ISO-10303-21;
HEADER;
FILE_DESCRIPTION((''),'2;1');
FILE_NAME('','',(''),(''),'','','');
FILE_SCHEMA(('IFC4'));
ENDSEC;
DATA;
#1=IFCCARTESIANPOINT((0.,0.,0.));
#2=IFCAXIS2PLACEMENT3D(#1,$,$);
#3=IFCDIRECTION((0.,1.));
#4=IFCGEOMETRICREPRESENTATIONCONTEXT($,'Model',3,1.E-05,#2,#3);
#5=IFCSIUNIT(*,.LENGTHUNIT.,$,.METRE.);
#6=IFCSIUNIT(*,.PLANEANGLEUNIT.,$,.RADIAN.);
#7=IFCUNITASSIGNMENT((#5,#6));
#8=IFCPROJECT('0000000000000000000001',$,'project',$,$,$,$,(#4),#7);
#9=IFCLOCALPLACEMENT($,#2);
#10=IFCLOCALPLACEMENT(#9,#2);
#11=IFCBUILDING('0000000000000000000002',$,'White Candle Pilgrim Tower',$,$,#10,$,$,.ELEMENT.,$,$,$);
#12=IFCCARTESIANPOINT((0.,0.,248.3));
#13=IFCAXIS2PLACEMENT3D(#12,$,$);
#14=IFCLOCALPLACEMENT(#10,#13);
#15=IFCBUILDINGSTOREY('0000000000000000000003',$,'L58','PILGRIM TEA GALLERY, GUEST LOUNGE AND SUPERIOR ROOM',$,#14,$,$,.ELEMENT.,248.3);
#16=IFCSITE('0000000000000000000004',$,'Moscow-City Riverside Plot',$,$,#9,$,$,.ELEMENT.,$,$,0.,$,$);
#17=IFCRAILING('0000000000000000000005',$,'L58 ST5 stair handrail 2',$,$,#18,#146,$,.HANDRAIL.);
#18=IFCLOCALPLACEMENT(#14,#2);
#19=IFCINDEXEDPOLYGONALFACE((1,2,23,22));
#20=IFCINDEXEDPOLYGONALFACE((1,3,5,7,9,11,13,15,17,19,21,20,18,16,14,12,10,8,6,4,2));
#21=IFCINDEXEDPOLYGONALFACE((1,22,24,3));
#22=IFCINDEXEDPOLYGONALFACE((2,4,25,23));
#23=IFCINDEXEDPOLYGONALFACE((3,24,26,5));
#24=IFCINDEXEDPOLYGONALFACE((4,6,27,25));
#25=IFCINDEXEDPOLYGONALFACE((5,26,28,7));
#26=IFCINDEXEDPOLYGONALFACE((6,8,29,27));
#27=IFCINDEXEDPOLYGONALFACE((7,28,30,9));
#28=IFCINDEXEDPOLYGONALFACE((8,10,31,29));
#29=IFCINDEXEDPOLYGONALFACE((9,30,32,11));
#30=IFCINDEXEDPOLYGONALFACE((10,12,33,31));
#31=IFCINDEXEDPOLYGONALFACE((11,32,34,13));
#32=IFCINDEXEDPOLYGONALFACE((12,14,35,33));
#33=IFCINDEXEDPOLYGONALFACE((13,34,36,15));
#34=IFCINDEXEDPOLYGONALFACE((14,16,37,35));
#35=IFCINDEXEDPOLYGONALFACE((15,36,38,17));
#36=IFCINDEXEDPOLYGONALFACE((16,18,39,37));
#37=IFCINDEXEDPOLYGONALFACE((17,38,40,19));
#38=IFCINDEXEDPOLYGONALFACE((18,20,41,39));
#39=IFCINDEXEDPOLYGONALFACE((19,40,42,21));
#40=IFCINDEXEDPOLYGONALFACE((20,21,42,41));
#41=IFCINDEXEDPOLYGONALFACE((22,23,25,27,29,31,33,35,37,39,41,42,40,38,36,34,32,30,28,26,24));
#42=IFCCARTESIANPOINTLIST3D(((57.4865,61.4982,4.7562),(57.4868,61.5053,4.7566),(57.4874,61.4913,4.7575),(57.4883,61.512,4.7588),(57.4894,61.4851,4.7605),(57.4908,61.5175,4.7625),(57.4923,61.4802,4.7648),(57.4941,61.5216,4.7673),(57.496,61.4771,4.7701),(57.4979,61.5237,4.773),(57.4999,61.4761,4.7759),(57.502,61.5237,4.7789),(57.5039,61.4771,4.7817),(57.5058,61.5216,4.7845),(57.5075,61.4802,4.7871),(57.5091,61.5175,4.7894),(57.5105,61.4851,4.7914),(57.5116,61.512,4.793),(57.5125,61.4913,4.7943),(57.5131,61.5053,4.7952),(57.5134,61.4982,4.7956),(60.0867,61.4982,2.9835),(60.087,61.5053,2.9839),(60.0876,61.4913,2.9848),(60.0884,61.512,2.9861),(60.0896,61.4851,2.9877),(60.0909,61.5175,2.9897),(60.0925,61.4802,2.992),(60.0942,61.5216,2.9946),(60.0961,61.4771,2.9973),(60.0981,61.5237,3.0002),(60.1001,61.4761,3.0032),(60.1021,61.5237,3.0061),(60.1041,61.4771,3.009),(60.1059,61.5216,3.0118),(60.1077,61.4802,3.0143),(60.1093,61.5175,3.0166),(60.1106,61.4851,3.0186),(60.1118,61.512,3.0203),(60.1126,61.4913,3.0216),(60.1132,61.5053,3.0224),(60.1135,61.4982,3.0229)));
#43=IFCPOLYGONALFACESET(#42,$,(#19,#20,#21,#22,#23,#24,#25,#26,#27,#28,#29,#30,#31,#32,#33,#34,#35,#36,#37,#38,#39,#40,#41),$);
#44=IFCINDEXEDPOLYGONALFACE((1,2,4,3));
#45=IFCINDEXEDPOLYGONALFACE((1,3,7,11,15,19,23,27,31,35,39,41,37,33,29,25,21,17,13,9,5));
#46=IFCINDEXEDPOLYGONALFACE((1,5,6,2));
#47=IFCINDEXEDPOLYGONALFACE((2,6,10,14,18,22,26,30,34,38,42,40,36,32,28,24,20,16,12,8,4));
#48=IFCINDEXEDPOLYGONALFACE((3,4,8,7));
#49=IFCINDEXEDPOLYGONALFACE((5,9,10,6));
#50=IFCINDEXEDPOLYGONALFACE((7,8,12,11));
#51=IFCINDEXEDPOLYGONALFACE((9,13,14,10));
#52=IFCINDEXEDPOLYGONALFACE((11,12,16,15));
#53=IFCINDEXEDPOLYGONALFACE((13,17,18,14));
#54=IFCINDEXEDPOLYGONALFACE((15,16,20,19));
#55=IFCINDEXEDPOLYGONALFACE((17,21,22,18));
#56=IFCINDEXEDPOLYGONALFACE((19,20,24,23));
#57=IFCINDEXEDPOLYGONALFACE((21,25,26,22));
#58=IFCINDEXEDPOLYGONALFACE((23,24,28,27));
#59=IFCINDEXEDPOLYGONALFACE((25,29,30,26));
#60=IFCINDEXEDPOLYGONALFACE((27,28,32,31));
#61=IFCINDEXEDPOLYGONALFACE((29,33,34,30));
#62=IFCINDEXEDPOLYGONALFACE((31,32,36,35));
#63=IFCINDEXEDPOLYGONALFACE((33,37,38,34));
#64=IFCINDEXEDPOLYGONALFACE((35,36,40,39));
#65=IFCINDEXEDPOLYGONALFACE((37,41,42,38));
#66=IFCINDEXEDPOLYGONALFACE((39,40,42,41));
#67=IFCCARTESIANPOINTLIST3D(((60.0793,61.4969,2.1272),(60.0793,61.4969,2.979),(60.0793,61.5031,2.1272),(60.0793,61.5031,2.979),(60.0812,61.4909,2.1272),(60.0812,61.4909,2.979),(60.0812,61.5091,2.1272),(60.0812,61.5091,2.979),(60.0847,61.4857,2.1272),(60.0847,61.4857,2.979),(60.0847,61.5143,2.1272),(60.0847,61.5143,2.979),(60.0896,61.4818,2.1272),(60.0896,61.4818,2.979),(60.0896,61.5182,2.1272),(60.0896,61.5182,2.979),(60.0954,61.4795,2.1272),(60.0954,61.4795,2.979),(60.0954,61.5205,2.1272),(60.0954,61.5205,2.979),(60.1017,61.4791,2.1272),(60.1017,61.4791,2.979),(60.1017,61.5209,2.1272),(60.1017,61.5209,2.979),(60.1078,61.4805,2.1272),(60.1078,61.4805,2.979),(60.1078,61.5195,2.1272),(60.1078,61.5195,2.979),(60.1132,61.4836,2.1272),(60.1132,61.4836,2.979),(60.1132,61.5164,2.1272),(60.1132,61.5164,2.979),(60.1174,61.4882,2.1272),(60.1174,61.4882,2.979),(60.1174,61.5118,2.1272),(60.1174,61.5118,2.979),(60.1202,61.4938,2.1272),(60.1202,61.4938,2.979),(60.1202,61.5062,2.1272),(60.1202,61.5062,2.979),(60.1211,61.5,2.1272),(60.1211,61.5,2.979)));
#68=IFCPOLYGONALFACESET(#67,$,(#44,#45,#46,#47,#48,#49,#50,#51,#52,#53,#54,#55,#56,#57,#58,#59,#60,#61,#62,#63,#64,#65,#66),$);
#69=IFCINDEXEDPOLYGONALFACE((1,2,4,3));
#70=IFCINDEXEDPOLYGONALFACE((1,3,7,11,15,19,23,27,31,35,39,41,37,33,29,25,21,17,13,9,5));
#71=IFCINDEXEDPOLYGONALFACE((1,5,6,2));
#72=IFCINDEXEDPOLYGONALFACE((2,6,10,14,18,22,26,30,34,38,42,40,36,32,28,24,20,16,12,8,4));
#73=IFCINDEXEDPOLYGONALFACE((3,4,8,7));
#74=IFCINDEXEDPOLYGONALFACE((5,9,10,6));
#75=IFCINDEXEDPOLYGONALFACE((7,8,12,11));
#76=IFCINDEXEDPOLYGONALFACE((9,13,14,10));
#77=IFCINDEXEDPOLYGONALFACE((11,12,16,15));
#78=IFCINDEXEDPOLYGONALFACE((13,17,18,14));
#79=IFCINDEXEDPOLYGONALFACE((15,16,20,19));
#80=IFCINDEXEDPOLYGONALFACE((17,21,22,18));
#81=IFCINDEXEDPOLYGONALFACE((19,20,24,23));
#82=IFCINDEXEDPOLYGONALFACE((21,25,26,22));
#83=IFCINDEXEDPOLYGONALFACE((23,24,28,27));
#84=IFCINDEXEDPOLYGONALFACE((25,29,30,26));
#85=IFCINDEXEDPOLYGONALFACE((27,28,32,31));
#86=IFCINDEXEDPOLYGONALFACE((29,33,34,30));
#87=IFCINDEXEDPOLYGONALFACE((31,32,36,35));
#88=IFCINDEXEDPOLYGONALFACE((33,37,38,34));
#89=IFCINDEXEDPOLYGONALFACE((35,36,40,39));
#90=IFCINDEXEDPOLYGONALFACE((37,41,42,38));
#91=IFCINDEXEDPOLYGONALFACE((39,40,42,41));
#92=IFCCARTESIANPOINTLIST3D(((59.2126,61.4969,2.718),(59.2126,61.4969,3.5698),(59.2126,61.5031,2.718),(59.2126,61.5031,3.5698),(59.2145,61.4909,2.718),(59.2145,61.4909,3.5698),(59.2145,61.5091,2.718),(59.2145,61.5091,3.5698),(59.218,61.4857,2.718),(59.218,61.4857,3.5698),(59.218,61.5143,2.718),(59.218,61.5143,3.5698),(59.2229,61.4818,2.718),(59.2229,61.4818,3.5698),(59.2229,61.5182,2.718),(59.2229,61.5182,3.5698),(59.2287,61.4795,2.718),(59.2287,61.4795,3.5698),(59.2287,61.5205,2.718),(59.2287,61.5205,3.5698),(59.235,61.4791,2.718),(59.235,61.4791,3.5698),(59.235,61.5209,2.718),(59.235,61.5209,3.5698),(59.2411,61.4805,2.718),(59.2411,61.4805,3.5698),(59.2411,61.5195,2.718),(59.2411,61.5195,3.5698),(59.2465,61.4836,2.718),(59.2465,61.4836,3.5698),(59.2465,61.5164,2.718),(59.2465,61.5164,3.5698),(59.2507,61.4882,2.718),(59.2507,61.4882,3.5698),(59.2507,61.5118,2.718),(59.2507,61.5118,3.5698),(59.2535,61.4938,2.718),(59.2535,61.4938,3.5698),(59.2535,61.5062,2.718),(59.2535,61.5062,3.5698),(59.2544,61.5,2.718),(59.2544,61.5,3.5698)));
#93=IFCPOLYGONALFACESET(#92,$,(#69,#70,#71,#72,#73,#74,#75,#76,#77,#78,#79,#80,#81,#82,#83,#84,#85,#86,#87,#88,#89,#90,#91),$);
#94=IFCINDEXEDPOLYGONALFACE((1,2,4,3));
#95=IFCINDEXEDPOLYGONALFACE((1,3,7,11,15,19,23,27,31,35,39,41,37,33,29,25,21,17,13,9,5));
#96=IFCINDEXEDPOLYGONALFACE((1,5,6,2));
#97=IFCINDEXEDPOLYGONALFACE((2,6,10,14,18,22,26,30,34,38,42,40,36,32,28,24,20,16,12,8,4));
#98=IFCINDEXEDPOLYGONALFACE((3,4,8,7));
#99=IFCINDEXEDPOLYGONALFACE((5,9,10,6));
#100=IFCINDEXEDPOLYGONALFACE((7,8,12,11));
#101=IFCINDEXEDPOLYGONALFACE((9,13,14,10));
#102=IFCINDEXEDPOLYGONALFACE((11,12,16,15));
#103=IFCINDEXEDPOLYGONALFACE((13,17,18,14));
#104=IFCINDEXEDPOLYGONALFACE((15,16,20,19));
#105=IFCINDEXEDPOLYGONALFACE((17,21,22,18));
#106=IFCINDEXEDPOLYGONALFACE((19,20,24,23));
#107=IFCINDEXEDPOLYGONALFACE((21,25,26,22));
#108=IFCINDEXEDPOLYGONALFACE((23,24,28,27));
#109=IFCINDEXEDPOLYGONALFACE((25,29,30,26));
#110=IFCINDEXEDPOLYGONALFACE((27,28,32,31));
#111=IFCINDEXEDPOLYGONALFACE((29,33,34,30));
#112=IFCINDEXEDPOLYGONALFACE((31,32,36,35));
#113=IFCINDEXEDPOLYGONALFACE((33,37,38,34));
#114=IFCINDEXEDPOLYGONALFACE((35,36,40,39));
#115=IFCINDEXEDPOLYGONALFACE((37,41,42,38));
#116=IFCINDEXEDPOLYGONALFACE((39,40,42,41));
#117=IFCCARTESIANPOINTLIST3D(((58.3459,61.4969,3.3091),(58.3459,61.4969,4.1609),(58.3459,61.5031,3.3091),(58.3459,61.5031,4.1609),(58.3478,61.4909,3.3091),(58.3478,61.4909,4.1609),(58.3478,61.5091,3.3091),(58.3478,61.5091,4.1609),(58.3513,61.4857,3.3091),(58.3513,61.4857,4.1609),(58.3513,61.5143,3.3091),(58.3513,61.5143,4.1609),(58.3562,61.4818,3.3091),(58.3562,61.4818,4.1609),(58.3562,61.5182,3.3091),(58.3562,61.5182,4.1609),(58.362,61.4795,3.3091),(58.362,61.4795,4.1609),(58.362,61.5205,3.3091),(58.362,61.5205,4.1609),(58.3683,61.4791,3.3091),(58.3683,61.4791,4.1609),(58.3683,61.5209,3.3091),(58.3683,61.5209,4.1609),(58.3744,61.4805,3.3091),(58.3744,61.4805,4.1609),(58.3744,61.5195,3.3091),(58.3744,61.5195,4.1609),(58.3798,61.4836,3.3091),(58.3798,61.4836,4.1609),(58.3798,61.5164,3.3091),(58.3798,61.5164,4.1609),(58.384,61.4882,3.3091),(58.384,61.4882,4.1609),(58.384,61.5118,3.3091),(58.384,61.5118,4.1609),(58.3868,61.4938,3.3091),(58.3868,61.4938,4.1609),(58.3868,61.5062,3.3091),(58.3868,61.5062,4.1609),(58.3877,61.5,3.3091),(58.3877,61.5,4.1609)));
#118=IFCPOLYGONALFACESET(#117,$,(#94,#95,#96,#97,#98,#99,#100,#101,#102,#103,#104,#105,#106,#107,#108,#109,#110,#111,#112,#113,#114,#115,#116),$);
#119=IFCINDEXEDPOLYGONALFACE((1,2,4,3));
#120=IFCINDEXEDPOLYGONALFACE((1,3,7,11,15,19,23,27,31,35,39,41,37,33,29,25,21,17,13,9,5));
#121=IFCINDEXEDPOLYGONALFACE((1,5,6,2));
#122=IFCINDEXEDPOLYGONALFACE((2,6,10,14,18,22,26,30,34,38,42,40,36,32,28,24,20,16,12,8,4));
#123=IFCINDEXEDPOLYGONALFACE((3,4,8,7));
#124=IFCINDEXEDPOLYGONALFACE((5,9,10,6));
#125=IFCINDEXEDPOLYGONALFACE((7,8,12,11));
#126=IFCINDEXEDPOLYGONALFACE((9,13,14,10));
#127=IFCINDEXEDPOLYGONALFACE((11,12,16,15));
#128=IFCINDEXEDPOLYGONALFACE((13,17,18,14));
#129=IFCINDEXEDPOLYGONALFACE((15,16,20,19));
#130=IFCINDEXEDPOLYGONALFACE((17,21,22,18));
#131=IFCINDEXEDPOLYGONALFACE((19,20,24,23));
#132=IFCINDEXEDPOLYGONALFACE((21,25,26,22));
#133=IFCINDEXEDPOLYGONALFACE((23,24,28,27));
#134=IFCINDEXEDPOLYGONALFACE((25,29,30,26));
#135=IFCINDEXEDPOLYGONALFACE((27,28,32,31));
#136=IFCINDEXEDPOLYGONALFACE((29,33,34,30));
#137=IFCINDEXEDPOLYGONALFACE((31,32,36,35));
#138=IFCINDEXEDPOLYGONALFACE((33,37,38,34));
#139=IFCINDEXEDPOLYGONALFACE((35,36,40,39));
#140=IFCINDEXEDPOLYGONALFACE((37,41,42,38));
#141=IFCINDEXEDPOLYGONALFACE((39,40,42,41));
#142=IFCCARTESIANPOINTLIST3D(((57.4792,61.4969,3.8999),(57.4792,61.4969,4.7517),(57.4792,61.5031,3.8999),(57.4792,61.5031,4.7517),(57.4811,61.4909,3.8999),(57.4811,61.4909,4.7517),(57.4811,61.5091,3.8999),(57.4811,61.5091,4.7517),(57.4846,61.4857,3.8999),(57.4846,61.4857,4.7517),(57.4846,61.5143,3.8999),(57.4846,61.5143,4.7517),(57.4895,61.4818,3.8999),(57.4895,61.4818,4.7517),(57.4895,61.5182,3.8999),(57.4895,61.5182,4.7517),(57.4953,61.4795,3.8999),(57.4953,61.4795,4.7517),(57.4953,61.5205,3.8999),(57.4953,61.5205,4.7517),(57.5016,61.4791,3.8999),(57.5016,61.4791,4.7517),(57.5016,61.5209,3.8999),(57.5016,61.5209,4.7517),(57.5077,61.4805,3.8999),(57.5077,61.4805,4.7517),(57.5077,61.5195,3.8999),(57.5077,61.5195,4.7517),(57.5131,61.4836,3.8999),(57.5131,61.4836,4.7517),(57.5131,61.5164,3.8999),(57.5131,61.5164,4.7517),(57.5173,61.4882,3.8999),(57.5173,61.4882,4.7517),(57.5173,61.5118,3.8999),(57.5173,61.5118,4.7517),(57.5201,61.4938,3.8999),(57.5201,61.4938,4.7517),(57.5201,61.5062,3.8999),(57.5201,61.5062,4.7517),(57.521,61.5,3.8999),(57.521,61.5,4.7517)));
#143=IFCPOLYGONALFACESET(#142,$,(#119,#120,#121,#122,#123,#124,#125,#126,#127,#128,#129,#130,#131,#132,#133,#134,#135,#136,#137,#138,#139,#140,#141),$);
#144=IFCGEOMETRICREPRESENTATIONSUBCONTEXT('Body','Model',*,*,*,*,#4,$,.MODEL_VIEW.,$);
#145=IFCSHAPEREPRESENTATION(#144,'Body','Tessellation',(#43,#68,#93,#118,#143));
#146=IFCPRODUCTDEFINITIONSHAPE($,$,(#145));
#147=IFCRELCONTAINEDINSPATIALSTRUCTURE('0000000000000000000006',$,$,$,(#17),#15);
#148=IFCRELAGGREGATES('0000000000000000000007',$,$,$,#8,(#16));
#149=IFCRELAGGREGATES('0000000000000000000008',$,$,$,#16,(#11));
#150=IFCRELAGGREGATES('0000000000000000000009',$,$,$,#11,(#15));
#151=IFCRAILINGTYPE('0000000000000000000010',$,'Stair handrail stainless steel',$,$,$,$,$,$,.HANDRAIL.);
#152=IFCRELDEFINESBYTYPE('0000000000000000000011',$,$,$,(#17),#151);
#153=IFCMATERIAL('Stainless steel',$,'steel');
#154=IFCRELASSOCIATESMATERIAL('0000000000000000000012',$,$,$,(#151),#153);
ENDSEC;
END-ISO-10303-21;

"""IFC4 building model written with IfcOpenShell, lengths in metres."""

from ifc_helpers import new_model, si_unit, direction, frame, origin, origin_2d, place, context, subcontext, project, spatial, circle, extrude, material, type_object, element, save


model = new_model("IFC4")

# Units and contexts
model_context = context("Model", 3, precision=1e-05, world=origin(), true_north=direction((0.0, 1.0)))
body_context = subcontext(model_context, "Body", "Model", "MODEL_VIEW")
ifc_project = project(units=[si_unit("LENGTHUNIT", "METRE"), si_unit("PLANEANGLEUNIT", "RADIAN")], contexts=[model_context])

# Site, building, storey
site_placement = place(None, origin())
site = spatial("IfcSite", under=ifc_project, at=site_placement, Name="Moscow-City Riverside Plot", CompositionType="ELEMENT", RefElevation=0.0)
building_placement = place(site_placement, origin())
building = spatial("IfcBuilding", under=site, at=building_placement, Name="White Candle Pilgrim Tower", CompositionType="ELEMENT")
storey_placement = place(building_placement, frame((0.0, 0.0, 248.3)))
storey = spatial("IfcBuildingStorey", under=building, at=storey_placement, Name="L58", Description="PILGRIM TEA GALLERY, GUEST LOUNGE AND SUPERIOR ROOM", CompositionType="ELEMENT", Elevation=248.3)

# Railing
ifc_material_1 = material(Name="Stainless steel", Category="steel")
railing_type_1 = type_object("IfcRailingType", Name="Stair handrail stainless steel", PredefinedType="HANDRAIL", material=ifc_material_1)
railing_1_placement = place(storey_placement, frame((60.1001, 61.5, 2.1272)))
element("IfcRailing", 1, at=railing_1_placement, inside=storey, type_object=railing_type_1, Name="L58 ST5 stair handrail 2", PredefinedType="HANDRAIL", context=body_context, shape_type="SweptSolid", body=[
    extrude(circle(Radius=0.0239, at=origin_2d()), frame((0.0, 0.0, 0.876), z_axis=(-0.82624, 0.0, 0.563318), x_axis=(0.0, -1.0, 0.0)), (0.0, 0.0, 1.0), 3.147),
    extrude(circle(Radius=0.021, at=origin_2d()), origin(), (0.0, 0.0, 1.0), 0.8518),
    extrude(circle(Radius=0.021, at=origin_2d()), frame((-0.8667, 0.0, 0.5908)), (0.0, 0.0, 1.0), 0.8518),
    extrude(circle(Radius=0.021, at=origin_2d()), frame((-1.7334, 0.0, 1.1819)), (0.0, 0.0, 1.0), 0.8518),
    extrude(circle(Radius=0.021, at=origin_2d()), frame((-2.6001, 0.0, 1.7727)), (0.0, 0.0, 1.0), 0.8518),
])

save(model, "model.ifc")
